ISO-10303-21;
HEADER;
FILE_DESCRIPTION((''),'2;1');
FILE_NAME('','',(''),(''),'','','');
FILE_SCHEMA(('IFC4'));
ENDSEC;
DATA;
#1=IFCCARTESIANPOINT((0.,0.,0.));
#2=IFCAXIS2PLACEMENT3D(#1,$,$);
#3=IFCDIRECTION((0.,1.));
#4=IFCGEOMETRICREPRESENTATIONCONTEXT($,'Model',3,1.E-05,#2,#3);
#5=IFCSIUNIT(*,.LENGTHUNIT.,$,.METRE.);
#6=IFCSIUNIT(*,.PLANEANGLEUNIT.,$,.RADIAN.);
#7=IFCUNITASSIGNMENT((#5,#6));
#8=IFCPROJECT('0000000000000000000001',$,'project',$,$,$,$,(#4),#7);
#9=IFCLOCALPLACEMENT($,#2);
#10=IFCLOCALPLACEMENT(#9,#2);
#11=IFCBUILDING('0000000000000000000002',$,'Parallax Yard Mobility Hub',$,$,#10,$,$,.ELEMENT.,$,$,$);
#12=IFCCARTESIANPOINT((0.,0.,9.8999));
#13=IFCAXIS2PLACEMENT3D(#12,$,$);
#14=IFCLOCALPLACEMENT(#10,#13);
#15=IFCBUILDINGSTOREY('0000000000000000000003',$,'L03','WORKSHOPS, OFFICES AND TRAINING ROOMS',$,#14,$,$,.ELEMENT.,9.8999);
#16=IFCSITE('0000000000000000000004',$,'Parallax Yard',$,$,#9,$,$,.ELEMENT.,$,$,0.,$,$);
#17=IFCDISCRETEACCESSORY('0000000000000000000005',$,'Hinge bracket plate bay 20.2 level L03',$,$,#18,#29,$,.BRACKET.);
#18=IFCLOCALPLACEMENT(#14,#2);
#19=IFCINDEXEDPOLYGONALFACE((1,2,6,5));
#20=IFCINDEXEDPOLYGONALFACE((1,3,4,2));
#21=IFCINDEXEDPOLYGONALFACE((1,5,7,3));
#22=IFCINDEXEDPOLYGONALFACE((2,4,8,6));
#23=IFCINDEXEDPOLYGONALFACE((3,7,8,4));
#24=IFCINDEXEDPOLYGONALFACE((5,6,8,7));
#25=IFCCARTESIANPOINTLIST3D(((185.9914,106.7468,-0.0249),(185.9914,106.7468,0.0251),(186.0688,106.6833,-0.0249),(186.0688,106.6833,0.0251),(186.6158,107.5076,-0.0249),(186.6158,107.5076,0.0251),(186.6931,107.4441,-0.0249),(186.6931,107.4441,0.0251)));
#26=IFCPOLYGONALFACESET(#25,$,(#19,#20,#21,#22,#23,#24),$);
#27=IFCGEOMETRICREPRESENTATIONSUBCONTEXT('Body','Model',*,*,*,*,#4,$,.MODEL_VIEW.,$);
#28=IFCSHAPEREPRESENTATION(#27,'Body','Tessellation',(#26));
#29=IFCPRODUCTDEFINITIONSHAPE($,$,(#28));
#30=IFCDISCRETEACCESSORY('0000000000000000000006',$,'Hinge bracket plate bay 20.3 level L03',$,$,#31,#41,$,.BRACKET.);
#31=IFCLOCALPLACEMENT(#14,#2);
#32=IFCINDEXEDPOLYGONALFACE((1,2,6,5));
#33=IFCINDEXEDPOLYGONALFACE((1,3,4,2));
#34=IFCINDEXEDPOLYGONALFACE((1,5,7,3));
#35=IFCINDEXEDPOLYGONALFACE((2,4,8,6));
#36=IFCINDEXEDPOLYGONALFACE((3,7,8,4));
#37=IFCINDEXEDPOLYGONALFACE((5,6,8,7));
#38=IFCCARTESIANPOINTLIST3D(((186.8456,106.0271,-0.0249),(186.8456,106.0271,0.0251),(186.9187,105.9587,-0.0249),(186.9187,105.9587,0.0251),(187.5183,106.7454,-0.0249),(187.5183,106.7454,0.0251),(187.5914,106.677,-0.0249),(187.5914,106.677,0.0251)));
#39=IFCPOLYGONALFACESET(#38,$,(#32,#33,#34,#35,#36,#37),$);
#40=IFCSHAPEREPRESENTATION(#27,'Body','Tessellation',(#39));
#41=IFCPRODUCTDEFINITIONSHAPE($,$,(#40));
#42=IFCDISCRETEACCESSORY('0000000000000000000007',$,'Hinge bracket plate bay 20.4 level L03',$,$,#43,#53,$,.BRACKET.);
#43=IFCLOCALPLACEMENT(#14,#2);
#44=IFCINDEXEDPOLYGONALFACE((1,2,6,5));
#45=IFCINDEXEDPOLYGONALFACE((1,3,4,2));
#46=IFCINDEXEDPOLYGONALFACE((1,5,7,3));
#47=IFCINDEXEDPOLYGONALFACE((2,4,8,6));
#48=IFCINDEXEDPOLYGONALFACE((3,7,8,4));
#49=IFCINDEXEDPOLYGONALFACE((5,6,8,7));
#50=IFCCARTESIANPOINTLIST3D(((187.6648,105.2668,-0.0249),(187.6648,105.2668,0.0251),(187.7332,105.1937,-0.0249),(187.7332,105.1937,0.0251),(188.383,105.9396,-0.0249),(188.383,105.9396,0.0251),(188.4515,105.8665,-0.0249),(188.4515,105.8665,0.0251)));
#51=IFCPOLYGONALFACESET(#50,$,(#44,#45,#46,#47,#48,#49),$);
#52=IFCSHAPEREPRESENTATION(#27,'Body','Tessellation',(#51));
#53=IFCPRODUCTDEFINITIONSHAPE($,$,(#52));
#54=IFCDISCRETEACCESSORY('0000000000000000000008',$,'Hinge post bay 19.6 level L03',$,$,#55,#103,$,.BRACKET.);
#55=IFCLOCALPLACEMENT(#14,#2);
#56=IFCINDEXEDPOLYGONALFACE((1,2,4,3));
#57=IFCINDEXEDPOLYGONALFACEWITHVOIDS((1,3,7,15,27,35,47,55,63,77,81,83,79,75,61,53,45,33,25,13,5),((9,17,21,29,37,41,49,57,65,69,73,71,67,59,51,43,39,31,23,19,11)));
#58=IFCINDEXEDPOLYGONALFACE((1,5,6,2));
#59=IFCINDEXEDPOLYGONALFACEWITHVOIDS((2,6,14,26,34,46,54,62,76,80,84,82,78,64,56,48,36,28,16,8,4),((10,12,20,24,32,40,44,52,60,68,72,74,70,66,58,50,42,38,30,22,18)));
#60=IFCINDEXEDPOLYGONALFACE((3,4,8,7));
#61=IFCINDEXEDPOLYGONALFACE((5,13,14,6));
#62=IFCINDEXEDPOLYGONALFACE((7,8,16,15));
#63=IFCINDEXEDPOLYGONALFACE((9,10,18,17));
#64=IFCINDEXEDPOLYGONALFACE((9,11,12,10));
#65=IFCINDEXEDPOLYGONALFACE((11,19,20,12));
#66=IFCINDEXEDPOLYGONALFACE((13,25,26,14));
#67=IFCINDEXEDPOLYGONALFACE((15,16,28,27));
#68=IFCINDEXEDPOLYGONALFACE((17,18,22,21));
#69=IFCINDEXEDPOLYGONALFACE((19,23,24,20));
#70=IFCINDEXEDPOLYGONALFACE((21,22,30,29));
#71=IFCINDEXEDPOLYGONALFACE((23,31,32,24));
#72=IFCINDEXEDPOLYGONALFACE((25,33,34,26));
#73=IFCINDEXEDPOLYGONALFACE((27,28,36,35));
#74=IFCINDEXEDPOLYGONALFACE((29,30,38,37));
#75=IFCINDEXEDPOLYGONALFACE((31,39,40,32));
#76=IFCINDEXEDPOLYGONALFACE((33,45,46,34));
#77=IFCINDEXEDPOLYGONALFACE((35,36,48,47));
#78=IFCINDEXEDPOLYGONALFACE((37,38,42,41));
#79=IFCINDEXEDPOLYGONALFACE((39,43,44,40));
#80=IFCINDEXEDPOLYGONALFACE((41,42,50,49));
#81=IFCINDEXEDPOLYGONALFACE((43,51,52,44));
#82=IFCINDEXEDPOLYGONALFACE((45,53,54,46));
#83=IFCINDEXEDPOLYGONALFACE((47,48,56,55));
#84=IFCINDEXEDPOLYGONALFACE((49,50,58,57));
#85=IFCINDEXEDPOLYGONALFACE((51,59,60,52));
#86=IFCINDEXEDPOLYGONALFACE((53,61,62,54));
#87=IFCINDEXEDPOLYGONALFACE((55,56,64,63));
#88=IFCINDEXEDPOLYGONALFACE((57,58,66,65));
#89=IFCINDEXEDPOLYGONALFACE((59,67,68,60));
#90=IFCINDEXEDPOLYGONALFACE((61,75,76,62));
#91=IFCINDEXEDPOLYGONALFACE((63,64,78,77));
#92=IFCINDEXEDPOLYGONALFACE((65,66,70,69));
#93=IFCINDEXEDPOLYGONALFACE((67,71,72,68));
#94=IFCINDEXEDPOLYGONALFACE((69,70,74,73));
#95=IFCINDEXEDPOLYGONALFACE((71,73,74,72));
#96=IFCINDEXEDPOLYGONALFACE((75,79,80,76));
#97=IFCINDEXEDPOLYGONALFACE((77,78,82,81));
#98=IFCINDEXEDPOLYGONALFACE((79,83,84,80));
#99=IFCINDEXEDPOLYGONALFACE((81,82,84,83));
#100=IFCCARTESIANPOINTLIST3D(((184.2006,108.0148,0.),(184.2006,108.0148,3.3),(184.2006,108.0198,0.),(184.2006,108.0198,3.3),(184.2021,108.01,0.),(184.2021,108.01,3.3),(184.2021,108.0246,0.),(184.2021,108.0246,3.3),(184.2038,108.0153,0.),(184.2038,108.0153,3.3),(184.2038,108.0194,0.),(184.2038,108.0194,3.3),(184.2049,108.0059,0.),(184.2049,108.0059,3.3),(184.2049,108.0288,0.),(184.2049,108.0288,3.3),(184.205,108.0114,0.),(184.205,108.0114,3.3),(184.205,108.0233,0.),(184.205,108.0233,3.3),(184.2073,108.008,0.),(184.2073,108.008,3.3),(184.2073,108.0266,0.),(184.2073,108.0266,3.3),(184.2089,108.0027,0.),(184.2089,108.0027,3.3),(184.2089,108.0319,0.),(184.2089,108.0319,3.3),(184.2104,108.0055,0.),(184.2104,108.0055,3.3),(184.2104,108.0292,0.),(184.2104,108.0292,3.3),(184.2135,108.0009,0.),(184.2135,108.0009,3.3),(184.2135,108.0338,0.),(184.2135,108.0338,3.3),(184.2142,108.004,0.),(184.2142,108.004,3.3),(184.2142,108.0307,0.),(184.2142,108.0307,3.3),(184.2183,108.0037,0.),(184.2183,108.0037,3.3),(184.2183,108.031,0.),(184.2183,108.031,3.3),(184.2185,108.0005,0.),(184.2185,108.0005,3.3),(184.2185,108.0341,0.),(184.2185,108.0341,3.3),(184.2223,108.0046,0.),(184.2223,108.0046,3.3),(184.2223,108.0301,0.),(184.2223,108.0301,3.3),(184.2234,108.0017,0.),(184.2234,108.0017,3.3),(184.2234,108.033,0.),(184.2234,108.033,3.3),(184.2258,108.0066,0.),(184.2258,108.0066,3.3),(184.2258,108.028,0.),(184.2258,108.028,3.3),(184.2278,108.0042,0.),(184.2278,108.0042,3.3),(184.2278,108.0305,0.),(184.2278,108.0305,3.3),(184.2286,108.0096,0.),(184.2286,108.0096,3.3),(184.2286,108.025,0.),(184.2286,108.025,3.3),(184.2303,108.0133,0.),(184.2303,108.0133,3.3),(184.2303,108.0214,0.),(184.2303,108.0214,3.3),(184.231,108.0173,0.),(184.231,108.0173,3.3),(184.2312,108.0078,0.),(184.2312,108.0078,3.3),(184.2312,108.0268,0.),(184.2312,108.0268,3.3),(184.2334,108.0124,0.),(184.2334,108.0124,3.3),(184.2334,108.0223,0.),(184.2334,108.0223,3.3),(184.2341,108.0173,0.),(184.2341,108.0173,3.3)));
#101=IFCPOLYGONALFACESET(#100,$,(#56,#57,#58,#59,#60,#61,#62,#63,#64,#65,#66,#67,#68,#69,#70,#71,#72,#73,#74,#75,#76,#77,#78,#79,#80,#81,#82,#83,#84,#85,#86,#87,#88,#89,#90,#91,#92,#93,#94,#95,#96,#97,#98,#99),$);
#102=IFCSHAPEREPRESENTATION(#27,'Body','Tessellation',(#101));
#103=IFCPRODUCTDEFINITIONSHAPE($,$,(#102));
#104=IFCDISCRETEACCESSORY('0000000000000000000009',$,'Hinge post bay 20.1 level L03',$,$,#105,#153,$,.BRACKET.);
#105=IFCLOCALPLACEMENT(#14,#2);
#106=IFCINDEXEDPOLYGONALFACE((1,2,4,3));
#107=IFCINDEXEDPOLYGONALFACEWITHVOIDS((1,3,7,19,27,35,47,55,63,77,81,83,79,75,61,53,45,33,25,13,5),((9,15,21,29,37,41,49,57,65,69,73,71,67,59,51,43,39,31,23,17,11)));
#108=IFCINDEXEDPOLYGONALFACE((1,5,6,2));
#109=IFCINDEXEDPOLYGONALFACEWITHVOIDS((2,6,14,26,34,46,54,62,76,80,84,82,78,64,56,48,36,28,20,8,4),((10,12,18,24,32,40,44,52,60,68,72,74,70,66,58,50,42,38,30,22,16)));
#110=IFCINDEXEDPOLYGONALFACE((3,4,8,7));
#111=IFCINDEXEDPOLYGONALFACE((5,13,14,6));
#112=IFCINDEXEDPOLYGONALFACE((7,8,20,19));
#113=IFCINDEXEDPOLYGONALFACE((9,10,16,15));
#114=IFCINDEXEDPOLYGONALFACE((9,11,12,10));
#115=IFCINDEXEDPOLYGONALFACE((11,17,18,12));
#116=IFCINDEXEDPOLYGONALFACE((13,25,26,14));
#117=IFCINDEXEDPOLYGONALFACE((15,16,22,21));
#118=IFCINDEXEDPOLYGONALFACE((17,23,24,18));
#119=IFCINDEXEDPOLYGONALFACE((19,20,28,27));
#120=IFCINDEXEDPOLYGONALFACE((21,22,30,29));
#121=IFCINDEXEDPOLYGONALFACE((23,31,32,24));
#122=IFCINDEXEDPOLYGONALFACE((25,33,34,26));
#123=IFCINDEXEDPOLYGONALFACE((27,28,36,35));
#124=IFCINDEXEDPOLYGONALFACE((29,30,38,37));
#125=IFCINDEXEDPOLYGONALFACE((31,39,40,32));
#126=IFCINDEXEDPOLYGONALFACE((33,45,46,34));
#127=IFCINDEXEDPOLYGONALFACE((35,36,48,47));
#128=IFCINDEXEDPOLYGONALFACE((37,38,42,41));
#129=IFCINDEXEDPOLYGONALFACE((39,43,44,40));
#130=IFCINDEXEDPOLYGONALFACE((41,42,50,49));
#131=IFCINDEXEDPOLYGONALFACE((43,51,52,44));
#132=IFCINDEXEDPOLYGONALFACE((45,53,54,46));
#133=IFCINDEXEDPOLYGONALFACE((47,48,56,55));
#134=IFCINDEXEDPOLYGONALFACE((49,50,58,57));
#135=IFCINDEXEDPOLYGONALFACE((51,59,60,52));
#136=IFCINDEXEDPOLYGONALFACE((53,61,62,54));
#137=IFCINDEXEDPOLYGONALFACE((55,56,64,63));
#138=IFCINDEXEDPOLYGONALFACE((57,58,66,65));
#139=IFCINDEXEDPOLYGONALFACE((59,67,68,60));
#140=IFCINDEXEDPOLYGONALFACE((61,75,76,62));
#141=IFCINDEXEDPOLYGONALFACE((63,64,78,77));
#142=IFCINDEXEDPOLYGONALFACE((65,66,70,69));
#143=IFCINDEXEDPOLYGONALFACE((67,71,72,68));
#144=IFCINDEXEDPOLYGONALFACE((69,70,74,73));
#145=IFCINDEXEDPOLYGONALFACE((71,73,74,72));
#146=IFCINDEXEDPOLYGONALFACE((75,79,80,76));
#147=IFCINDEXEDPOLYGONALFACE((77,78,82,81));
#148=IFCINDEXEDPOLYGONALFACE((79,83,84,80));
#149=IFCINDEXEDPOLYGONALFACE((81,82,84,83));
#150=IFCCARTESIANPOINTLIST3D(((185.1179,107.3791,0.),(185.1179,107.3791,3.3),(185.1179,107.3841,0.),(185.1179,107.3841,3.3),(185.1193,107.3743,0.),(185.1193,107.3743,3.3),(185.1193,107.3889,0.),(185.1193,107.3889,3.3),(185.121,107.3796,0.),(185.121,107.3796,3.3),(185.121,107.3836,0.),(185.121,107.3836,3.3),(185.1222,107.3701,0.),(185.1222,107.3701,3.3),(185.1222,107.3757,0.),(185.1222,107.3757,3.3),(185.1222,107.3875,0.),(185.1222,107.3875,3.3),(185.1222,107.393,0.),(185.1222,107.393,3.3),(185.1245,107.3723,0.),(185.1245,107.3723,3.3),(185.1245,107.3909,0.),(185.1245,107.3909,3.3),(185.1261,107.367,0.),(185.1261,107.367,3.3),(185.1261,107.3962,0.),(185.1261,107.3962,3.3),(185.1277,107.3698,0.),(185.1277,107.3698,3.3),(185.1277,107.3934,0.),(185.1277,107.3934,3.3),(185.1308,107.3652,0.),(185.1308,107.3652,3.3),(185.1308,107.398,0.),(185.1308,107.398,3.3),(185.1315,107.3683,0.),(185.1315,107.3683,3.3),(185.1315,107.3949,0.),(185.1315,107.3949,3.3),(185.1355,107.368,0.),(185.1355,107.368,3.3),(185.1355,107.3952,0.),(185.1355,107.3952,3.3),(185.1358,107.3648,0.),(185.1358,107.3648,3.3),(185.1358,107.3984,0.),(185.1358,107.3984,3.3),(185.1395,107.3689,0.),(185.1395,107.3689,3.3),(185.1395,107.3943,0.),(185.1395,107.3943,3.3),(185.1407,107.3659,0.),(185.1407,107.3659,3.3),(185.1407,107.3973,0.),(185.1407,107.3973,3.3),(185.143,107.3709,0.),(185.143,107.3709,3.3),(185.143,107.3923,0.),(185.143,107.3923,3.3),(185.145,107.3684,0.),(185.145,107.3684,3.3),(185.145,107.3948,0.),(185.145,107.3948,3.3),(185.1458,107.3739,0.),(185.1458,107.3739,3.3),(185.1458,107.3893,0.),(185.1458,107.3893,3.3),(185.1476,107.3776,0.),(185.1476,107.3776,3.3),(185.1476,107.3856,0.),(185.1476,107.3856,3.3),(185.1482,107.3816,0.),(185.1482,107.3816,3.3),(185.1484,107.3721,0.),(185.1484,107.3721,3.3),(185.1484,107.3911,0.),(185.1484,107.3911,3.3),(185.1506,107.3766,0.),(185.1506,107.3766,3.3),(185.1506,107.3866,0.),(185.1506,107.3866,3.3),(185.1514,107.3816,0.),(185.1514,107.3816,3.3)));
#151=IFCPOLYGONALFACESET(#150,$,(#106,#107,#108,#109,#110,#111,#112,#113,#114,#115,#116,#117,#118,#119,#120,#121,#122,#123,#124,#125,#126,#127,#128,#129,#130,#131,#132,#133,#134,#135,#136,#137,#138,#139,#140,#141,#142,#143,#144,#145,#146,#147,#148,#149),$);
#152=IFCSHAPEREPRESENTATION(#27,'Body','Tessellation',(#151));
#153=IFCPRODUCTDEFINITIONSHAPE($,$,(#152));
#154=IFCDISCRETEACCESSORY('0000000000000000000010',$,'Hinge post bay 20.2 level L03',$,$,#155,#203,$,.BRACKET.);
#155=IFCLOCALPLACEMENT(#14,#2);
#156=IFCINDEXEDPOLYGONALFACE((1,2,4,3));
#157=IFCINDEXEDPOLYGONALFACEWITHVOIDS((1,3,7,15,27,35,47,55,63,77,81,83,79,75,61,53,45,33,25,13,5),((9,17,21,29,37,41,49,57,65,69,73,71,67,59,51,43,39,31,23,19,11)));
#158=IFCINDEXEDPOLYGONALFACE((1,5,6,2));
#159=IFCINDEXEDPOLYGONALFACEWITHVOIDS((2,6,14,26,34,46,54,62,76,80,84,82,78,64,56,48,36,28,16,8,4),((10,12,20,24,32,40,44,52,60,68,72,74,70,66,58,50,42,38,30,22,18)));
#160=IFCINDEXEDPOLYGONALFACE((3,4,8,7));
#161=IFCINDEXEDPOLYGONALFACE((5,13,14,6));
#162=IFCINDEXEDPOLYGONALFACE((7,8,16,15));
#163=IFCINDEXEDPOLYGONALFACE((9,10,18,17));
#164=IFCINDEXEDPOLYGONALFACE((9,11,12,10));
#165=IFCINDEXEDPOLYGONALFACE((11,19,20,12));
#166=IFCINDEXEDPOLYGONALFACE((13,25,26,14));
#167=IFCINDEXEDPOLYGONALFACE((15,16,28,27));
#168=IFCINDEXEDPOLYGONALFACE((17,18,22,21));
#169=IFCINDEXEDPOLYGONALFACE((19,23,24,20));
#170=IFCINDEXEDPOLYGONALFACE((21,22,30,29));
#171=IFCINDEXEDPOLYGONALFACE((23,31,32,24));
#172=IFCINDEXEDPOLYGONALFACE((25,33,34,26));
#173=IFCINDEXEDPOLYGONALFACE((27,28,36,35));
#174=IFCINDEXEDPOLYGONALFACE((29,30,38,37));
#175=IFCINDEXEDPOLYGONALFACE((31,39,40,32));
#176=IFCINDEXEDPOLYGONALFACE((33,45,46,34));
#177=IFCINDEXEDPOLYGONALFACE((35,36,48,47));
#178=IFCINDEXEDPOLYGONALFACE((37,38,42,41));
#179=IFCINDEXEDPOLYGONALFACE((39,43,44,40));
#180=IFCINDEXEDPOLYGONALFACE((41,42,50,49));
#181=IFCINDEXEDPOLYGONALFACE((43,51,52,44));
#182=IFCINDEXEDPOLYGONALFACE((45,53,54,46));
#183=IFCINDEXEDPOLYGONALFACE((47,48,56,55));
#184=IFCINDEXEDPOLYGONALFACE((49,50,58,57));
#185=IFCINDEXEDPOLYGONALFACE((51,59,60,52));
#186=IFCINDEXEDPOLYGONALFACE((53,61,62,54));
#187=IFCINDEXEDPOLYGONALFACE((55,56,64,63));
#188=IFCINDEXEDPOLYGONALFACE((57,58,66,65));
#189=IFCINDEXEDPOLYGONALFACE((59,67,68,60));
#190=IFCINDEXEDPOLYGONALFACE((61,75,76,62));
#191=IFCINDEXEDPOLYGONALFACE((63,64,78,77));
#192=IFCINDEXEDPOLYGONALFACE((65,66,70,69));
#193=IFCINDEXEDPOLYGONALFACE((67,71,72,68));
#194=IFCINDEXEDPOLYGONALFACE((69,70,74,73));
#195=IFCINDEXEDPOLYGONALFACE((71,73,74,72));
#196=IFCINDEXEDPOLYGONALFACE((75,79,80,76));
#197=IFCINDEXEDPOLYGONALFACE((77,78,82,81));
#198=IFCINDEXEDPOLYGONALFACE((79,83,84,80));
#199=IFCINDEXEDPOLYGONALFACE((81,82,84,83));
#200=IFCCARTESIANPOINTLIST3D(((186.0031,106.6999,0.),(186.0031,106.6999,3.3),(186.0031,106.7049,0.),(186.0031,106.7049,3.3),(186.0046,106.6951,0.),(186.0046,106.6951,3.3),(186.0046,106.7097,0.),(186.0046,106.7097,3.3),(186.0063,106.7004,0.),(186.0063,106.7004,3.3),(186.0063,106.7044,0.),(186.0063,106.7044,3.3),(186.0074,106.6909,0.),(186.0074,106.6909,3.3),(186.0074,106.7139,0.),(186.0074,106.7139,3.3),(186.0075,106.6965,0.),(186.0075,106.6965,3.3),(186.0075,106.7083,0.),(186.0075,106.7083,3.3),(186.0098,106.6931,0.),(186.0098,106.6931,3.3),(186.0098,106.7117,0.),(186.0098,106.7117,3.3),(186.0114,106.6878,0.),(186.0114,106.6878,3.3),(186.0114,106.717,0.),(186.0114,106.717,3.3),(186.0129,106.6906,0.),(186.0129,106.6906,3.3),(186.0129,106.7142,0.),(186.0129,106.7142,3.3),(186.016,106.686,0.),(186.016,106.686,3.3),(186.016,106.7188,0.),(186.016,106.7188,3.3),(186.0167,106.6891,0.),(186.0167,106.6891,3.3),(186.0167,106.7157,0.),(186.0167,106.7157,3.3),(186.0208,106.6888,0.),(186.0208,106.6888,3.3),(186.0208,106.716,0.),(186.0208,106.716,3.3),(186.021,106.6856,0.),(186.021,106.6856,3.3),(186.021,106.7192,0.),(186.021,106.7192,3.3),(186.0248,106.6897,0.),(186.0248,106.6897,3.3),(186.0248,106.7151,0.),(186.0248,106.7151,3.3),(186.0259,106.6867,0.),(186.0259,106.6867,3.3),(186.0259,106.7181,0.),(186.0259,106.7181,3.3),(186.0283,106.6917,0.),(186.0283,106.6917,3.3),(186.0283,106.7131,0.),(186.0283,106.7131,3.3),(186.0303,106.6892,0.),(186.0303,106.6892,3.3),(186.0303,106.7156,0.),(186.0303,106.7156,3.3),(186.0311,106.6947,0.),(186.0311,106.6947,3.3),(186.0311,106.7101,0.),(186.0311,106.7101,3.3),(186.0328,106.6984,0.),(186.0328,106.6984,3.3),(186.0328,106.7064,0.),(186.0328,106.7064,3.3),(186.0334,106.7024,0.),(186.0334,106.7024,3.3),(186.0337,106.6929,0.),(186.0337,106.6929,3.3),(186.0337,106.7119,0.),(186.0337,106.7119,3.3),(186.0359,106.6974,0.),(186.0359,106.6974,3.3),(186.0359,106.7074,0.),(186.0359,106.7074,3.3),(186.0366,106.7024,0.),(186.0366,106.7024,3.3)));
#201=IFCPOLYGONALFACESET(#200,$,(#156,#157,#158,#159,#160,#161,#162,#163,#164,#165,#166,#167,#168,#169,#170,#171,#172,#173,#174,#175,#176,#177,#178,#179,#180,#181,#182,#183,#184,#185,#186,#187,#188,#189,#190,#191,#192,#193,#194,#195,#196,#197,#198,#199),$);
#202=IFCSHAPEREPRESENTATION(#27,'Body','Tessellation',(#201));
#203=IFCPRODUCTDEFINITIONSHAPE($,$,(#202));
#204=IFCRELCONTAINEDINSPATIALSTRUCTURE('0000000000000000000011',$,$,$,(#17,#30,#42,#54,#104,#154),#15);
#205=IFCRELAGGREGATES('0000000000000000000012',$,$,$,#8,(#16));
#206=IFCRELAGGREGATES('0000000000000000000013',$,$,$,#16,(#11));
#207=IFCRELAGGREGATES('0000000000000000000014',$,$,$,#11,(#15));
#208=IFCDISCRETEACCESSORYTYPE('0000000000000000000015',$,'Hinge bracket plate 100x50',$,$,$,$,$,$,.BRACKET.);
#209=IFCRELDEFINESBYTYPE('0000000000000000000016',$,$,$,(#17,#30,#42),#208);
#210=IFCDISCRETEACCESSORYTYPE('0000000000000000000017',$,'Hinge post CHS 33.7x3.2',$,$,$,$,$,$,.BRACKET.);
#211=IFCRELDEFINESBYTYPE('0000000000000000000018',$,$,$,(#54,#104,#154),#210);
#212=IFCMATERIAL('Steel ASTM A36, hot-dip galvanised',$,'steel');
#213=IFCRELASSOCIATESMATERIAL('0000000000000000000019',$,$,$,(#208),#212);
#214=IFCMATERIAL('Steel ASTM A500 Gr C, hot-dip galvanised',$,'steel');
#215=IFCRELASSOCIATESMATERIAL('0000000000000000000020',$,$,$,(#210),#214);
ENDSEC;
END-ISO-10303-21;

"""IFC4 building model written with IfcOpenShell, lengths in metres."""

from ifc_helpers import new_model, si_unit, direction, frame, origin, origin_2d, place, context, subcontext, project, spatial, rectangle, hollow_circle, extrude, material, material_profile, profile_set, type_object, element, save


model = new_model("IFC4")

# Units and contexts
model_context = context("Model", 3, precision=1e-05, world=origin(), true_north=direction((0.0, 1.0)))
body_context = subcontext(model_context, "Body", "Model", "MODEL_VIEW")
ifc_project = project(units=[si_unit("LENGTHUNIT", "METRE"), si_unit("PLANEANGLEUNIT", "RADIAN")], contexts=[model_context])

# Site, building, storey
site_placement = place(None, origin())
site = spatial("IfcSite", under=ifc_project, at=site_placement, Name="Parallax Yard", CompositionType="ELEMENT", RefElevation=0.0)
building_placement = place(site_placement, origin())
building = spatial("IfcBuilding", under=site, at=building_placement, Name="Parallax Yard Mobility Hub", CompositionType="ELEMENT")
storey_placement = place(building_placement, frame((0.0, 0.0, 9.8999)))
storey = spatial("IfcBuildingStorey", under=building, at=storey_placement, Name="L03", Description="WORKSHOPS, OFFICES AND TRAINING ROOMS", CompositionType="ELEMENT", Elevation=9.8999)

# Discrete accessories
ifc_material_1 = material(Name="Steel ASTM A36, hot-dip galvanised", Category="steel")
discrete_accessory_type_1 = type_object("IfcDiscreteAccessoryType", Name="Hinge bracket plate 100x50", PredefinedType="BRACKET", material=ifc_material_1)
for number, where, z_axis, x_axis, name in (
    (1, (186.3423, 107.0955, -0.0249), (0.0, 0.0, 1.0), (-0.634393, -0.77301, 0.0), "Hinge bracket plate bay 20.2 level L03"),
    (2, (187.2185, 106.3521, -0.0249), (0.0, 0.0, 1.0), (-0.683592, -0.729864, 0.0), "Hinge bracket plate bay 20.3 level L03"),
    (3, (188.0581, 105.5667, -0.0249), (0.0, 0.0, 1.0), (-0.729864, -0.683592, 0.0), "Hinge bracket plate bay 20.4 level L03"),
):
    element("IfcDiscreteAccessory", number, at=place(storey_placement, frame(where, z_axis=z_axis, x_axis=x_axis)), inside=storey, type_object=discrete_accessory_type_1, Name=name, PredefinedType="BRACKET", context=body_context, shape_type="SweptSolid", body=[
        extrude(rectangle(XDim=0.9841, YDim=0.1001, at=origin_2d()), origin(), (0.0, 0.0, 1.0), 0.05),
    ])
ifc_material_2 = material(Name="Steel ASTM A500 Gr C, hot-dip galvanised", Category="steel")
ifc_material_profile_1 = material_profile(ifc_material_2, hollow_circle(Radius=0.0168, WallThickness=0.0032, at=origin_2d()), Name="CHS 33.7x3.2")
ifc_profile_set_1 = profile_set([ifc_material_profile_1], Name="Steel ASTM A500 Gr C, hot-dip galvanised")
discrete_accessory_type_2 = type_object("IfcDiscreteAccessoryType", Name="Hinge post CHS 33.7x3.2", PredefinedType="BRACKET", material=ifc_profile_set_1)
for number, where, z_axis, x_axis, name in (
    (4, (184.2173, 108.0173, 0.0), (0.0, 0.0, 1.0), (1.0, 0.0, 0.0), "Hinge post bay 19.6 level L03"),
    (5, (185.1345, 107.3816, 0.0), (0.0, 0.0, 1.0), (1.0, 0.0, 0.0), "Hinge post bay 20.1 level L03"),
    (6, (186.0198, 106.7024, 0.0), (0.0, 0.0, 1.0), (1.0, 0.0, 0.0), "Hinge post bay 20.2 level L03"),
):
    element("IfcDiscreteAccessory", number, at=place(storey_placement, frame(where, z_axis=z_axis, x_axis=x_axis)), inside=storey, type_object=discrete_accessory_type_2, Name=name, PredefinedType="BRACKET", context=body_context, shape_type="SweptSolid", body=[
        extrude(hollow_circle(Radius=0.0168, WallThickness=0.0032, at=origin_2d()), origin(), (0.0, 0.0, 1.0), 3.3),
    ])

save(model, "model.ifc")
